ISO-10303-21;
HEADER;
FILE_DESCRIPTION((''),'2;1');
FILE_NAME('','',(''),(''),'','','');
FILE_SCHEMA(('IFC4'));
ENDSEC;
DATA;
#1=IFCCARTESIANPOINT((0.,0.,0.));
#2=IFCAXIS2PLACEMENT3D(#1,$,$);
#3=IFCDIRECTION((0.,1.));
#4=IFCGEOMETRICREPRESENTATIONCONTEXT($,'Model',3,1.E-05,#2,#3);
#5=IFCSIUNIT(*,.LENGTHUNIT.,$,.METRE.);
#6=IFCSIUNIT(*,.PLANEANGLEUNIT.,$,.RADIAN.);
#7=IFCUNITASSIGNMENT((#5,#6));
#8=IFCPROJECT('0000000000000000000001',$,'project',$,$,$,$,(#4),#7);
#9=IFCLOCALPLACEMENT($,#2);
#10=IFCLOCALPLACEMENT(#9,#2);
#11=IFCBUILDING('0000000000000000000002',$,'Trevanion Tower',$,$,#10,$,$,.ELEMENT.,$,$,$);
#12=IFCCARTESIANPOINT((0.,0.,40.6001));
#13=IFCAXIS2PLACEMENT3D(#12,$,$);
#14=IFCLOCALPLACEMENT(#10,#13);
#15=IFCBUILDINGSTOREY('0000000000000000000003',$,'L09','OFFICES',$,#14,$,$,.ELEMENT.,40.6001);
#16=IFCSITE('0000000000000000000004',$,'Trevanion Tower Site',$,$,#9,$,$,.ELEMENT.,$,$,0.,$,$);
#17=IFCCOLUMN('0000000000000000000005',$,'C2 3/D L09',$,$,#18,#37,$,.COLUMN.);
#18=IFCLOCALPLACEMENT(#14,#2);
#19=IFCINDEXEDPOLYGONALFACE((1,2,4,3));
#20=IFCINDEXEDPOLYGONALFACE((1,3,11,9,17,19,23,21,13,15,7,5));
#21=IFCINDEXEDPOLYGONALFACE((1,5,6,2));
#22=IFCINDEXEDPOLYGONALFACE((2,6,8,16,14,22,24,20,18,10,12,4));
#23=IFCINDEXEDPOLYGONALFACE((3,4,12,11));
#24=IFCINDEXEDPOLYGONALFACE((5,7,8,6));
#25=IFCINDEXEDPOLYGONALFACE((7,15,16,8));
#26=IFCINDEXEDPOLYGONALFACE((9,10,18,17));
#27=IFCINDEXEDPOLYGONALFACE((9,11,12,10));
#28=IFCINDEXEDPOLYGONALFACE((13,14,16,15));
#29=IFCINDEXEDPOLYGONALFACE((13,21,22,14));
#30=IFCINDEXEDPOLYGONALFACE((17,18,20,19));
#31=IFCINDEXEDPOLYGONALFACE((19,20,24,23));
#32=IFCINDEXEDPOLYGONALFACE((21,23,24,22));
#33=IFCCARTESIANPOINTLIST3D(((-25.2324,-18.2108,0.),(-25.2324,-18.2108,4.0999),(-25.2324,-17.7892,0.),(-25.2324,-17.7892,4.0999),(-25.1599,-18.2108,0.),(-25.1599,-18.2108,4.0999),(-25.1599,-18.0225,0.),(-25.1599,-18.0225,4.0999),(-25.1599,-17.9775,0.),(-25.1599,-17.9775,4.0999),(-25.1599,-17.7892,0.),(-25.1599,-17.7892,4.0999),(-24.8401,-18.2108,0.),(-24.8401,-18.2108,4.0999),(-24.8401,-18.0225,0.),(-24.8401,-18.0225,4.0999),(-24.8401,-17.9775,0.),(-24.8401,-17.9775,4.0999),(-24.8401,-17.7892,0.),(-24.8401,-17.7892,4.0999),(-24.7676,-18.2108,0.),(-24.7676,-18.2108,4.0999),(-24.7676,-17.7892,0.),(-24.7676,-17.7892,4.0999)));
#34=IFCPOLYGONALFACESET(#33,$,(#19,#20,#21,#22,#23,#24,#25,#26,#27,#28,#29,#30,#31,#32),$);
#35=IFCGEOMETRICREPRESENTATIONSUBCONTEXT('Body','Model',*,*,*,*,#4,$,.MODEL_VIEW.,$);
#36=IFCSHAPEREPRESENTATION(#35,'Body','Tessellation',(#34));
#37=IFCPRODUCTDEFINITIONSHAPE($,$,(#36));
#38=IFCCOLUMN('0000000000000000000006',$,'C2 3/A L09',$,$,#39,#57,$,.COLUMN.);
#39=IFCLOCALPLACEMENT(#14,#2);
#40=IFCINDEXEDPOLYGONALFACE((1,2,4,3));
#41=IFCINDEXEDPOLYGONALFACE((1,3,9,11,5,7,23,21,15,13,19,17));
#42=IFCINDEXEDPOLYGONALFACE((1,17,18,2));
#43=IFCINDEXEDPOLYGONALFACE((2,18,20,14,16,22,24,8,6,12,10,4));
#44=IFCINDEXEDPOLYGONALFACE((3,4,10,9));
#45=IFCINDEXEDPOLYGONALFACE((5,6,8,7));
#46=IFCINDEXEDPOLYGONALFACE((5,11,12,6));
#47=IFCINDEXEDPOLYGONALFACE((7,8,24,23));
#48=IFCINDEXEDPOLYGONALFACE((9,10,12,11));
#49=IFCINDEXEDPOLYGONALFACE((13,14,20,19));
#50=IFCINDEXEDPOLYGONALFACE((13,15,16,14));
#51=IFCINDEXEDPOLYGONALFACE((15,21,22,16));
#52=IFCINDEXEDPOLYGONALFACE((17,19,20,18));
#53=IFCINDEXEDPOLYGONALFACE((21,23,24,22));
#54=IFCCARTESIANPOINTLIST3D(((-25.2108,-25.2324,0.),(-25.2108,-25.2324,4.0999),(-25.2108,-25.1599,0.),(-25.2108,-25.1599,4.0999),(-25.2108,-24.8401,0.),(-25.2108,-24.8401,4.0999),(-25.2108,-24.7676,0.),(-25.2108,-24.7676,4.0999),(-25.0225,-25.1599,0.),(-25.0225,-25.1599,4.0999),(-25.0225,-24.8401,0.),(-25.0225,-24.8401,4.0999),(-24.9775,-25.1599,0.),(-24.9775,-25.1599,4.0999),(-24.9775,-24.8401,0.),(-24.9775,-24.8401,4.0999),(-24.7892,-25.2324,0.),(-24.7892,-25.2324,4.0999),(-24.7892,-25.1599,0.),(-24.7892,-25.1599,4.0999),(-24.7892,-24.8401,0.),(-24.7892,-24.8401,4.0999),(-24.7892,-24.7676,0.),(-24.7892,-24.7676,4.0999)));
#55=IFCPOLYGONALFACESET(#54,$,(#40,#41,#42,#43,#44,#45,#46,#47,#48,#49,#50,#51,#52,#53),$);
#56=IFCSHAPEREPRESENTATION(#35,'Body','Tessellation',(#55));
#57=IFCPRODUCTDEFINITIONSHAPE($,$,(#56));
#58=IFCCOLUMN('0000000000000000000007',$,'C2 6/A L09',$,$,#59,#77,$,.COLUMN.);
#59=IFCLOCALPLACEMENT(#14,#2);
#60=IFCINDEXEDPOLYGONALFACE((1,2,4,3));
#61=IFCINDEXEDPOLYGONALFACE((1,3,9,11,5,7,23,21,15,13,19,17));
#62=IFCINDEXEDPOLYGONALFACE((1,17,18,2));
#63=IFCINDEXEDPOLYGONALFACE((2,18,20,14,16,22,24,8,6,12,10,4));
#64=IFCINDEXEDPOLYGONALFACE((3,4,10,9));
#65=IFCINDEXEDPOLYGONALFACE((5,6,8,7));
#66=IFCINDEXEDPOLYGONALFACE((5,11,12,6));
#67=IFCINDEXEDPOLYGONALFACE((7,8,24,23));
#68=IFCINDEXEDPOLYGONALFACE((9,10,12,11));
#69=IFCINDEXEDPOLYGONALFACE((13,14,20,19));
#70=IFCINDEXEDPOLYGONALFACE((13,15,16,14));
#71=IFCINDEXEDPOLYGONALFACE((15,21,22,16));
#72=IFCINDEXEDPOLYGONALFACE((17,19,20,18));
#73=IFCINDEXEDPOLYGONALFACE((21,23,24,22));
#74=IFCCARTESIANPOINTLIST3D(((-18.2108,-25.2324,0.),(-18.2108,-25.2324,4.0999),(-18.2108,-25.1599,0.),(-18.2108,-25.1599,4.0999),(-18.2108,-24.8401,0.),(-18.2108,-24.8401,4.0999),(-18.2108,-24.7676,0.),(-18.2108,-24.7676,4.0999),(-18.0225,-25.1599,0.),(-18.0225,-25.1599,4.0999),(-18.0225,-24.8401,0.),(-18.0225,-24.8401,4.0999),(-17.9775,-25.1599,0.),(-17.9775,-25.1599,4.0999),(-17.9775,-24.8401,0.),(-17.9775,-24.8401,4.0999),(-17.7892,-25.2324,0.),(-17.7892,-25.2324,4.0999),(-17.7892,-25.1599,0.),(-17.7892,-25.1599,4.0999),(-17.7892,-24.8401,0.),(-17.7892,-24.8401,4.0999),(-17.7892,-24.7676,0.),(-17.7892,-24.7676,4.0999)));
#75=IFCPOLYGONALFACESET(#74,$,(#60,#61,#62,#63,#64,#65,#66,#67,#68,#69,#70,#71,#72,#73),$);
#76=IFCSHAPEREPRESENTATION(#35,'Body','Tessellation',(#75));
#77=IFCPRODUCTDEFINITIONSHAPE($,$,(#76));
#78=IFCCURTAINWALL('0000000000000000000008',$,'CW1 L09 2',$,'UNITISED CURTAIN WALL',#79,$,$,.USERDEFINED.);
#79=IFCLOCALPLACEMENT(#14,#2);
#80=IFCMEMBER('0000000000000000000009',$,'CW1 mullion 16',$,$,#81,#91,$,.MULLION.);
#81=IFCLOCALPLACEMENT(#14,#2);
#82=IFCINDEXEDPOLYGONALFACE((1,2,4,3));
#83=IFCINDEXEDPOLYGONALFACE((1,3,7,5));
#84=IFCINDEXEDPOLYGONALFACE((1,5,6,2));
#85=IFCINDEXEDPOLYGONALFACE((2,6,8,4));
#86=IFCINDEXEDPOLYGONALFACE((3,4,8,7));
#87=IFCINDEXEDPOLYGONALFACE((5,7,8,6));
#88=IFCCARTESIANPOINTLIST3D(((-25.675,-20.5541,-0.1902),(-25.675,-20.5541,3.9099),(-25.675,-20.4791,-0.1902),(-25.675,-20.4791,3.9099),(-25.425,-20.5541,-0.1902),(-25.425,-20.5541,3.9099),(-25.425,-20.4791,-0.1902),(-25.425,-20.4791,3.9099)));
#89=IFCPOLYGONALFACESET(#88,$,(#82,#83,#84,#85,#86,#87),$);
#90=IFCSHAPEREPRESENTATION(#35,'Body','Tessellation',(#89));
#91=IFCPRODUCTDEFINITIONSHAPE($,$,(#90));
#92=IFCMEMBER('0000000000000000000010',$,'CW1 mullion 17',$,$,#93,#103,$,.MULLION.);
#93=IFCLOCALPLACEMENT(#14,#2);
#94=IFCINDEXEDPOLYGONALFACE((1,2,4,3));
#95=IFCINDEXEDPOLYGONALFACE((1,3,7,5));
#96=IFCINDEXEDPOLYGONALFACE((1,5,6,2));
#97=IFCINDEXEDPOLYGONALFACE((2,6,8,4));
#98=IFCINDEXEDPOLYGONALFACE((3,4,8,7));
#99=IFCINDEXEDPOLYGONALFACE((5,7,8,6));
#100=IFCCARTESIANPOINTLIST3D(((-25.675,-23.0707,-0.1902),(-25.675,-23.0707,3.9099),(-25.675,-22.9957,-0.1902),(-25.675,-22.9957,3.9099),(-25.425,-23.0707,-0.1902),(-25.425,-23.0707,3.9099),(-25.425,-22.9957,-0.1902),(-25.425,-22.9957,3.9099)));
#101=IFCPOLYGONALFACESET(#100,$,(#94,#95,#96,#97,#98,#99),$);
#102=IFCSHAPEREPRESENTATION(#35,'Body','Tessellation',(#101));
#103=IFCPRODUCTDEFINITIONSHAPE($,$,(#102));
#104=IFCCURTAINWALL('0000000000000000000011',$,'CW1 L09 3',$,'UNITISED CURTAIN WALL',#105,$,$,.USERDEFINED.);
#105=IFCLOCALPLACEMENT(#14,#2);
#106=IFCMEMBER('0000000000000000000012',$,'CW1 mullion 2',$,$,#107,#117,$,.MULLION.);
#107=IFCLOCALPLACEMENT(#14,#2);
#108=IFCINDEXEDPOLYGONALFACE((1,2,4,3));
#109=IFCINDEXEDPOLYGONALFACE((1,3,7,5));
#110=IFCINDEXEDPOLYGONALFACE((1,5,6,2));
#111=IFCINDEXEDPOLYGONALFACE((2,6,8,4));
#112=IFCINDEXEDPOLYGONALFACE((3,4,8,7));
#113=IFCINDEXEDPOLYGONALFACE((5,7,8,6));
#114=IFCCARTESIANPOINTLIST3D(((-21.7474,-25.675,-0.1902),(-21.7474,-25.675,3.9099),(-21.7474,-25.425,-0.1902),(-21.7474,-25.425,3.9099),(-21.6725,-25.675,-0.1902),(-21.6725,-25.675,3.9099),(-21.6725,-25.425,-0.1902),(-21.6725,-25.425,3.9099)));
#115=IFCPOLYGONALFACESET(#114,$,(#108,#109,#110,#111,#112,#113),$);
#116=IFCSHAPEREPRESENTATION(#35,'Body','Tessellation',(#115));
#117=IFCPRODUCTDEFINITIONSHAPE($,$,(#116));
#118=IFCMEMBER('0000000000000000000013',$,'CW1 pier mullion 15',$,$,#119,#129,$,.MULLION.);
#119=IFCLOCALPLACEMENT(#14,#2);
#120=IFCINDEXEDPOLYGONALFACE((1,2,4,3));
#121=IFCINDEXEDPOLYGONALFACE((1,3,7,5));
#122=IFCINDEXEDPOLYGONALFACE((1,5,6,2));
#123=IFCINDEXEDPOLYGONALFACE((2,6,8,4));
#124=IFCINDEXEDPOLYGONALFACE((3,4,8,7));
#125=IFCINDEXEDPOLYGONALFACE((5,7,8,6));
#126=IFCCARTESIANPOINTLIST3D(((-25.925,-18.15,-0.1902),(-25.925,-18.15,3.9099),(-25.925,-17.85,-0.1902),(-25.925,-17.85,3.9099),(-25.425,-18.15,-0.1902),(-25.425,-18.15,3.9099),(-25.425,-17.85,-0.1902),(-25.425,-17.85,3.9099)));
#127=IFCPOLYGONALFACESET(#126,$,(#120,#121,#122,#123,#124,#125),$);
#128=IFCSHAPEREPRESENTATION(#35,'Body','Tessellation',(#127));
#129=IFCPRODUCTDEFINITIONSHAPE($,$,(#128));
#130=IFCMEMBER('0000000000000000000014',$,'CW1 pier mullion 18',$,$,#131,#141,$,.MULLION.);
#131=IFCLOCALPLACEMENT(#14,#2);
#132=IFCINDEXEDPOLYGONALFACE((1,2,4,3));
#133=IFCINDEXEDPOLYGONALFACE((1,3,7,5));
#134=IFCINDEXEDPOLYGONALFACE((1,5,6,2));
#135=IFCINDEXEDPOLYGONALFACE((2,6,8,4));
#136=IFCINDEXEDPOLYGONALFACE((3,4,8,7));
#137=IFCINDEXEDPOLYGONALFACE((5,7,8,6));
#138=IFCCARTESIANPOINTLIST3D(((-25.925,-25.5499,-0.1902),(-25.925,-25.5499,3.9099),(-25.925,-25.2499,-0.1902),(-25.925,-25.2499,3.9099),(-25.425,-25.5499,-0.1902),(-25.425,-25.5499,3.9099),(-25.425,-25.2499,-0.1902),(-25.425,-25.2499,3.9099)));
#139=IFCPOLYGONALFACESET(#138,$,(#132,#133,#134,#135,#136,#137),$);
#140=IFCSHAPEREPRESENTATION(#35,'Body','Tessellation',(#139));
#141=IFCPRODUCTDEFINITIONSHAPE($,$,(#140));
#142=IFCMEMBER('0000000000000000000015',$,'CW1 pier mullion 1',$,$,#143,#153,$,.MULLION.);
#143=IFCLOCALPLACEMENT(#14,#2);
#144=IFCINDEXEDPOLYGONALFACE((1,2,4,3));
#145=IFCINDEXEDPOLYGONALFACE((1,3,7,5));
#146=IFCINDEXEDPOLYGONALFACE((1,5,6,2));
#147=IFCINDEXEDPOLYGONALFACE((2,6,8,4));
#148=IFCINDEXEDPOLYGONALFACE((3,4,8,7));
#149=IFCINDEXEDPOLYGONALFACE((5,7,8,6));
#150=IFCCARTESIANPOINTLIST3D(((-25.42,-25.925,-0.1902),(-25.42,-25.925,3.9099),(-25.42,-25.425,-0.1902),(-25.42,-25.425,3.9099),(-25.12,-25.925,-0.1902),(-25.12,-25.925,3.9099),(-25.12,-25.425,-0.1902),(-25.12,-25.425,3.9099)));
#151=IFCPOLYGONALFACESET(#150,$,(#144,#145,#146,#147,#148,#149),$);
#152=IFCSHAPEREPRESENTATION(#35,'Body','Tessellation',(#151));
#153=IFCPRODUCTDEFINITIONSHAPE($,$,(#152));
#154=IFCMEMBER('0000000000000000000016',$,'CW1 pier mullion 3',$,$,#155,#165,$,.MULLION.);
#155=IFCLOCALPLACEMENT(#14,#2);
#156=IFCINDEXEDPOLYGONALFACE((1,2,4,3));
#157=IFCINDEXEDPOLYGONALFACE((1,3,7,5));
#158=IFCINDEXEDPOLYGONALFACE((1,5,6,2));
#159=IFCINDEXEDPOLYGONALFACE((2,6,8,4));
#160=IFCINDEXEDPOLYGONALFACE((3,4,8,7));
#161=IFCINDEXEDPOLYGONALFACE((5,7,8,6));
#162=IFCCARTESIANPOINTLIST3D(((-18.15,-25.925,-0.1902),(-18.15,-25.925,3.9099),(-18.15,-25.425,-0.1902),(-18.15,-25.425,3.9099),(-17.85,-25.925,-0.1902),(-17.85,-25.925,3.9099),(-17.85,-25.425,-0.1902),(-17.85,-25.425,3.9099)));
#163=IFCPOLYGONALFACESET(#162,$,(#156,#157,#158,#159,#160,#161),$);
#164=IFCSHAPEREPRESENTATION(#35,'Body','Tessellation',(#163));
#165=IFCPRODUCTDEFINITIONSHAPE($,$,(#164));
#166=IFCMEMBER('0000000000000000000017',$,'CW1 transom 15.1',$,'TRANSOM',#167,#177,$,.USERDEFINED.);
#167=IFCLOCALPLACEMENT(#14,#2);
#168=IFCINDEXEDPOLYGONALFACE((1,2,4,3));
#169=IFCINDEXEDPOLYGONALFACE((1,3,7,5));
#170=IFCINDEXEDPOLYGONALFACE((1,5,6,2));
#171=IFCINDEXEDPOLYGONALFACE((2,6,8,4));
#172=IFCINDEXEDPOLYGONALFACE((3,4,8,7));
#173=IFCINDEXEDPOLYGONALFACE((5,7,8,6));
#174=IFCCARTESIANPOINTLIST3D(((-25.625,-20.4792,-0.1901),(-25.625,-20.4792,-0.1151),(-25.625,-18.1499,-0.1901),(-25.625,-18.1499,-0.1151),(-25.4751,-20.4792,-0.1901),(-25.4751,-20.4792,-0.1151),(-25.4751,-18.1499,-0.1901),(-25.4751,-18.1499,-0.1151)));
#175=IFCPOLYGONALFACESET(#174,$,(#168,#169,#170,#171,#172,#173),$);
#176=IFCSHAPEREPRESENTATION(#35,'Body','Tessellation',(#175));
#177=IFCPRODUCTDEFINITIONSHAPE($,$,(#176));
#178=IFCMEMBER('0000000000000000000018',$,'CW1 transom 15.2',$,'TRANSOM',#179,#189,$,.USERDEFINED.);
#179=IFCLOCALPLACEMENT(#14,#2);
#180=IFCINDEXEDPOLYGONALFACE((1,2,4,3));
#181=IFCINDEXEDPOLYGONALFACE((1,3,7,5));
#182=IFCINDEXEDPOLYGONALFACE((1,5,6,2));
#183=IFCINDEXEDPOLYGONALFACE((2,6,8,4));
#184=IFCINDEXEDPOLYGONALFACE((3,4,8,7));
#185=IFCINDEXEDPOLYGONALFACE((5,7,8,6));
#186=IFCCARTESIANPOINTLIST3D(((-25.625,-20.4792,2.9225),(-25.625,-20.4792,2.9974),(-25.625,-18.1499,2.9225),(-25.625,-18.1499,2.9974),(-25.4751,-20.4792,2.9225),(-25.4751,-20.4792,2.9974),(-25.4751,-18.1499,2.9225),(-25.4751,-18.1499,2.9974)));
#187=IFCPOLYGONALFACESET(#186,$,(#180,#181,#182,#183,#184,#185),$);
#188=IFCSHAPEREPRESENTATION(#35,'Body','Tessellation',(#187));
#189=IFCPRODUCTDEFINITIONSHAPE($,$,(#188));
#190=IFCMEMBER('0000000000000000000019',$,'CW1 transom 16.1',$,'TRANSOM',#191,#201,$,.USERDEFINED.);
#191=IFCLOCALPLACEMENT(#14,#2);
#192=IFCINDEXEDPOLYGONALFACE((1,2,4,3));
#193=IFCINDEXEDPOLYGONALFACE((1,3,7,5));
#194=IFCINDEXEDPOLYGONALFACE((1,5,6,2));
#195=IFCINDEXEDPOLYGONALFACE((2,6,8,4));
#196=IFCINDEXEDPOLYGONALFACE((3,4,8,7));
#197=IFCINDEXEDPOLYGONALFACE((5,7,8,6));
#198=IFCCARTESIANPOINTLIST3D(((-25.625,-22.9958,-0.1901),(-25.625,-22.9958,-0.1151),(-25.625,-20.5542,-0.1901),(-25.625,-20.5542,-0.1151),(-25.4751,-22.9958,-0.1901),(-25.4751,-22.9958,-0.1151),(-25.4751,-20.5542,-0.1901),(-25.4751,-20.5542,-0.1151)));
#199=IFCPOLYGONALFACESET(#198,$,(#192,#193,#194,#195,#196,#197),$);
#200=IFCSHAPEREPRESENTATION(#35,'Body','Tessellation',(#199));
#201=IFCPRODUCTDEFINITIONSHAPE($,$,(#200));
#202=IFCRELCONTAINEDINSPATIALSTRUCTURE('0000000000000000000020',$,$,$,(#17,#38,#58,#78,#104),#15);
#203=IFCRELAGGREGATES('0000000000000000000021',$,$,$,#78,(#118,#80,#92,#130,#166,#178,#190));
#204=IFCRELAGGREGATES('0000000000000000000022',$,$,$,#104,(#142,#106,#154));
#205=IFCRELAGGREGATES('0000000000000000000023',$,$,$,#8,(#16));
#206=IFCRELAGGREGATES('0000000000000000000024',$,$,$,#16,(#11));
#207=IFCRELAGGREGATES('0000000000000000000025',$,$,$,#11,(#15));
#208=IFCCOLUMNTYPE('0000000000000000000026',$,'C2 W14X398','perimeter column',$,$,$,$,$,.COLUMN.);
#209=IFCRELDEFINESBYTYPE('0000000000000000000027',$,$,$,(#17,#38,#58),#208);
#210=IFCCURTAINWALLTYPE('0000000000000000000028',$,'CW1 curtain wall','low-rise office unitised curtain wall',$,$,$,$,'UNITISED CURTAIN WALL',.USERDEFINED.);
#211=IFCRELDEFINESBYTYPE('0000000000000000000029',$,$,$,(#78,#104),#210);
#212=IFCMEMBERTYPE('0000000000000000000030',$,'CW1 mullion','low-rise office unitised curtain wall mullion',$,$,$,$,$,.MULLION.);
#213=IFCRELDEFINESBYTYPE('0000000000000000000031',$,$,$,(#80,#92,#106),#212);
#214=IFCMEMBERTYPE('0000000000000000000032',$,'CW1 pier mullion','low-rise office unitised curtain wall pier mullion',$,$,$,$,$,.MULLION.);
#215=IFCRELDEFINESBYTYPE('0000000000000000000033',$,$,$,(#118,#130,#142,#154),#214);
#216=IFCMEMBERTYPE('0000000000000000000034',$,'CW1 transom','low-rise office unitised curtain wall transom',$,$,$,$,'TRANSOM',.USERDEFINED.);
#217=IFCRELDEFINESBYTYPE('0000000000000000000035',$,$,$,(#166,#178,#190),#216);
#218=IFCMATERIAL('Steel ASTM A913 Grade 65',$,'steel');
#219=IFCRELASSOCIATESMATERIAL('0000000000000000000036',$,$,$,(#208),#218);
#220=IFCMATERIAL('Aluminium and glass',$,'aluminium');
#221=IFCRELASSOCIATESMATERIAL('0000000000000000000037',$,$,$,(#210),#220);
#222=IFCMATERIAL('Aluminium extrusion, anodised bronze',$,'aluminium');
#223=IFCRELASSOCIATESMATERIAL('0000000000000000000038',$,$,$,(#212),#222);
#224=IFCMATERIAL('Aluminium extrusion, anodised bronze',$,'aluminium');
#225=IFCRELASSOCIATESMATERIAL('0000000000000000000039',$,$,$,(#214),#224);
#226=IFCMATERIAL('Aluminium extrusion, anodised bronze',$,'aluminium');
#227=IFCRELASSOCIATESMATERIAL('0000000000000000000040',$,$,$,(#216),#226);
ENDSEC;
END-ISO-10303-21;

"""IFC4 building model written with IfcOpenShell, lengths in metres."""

from ifc_helpers import new_model, si_unit, direction, frame, origin, origin_2d, place, context, subcontext, project, spatial, rectangle, i_section, extrude, material, material_profile, profile_set, type_object, element, aggregate, save


model = new_model("IFC4")

# Units and contexts
model_context = context("Model", 3, precision=1e-05, world=origin(), true_north=direction((0.0, 1.0)))
body_context = subcontext(model_context, "Body", "Model", "MODEL_VIEW")
ifc_project = project(units=[si_unit("LENGTHUNIT", "METRE"), si_unit("PLANEANGLEUNIT", "RADIAN")], contexts=[model_context])

# Site, building, storey
site_placement = place(None, origin())
site = spatial("IfcSite", under=ifc_project, at=site_placement, Name="Trevanion Tower Site", CompositionType="ELEMENT", RefElevation=0.0)
building_placement = place(site_placement, origin())
building = spatial("IfcBuilding", under=site, at=building_placement, Name="Trevanion Tower", CompositionType="ELEMENT")
storey_placement = place(building_placement, frame((0.0, 0.0, 40.6001)))
storey = spatial("IfcBuildingStorey", under=building, at=storey_placement, Name="L09", Description="OFFICES", CompositionType="ELEMENT", Elevation=40.6001)

# Columns
ifc_material_1 = material(Name="Steel ASTM A913 Grade 65", Category="steel")
ifc_material_profile_1 = material_profile(ifc_material_1, i_section(OverallWidth=0.4216, OverallDepth=0.4648, WebThickness=0.0449, FlangeThickness=0.0725, at=origin_2d()), Name="W14X398")
ifc_profile_set_1 = profile_set([ifc_material_profile_1], Name="Steel ASTM A913 Grade 65")
column_type = type_object("IfcColumnType", Name="C2 W14X398", Description="perimeter column", PredefinedType="COLUMN", material=ifc_profile_set_1)
for number, where, z_axis, x_axis, name in (
    (1, (-25.0, -18.0, 0.0), (0.0, 0.0, 1.0), (0.0, 1.0, 0.0), "C2 3/D L09"),
    (2, (-25.0, -25.0, 0.0), (0.0, 0.0, 1.0), (1.0, 0.0, 0.0), "C2 3/A L09"),
    (3, (-18.0, -25.0, 0.0), (0.0, 0.0, 1.0), (1.0, 0.0, 0.0), "C2 6/A L09"),
):
    element("IfcColumn", number, at=place(storey_placement, frame(where, z_axis=z_axis, x_axis=x_axis)), inside=storey, type_object=column_type, Name=name, PredefinedType="COLUMN", context=body_context, shape_type="SweptSolid", body=[
        extrude(i_section(OverallWidth=0.4216, OverallDepth=0.4648, WebThickness=0.0449, FlangeThickness=0.0725, at=origin_2d()), origin(), (0.0, 0.0, 1.0), 4.0999),
    ])

# Curtain wall, members
ifc_material_2 = material(Name="Aluminium and glass", Category="aluminium")
curtain_wall_type = type_object("IfcCurtainWallType", Name="CW1 curtain wall", Description="low-rise office unitised curtain wall", ElementType="UNITISED CURTAIN WALL", PredefinedType="USERDEFINED", material=ifc_material_2)
curtain_wall_1_placement = place(storey_placement, origin())
curtain_wall_1 = element("IfcCurtainWall", 4, at=curtain_wall_1_placement, inside=storey, type_object=curtain_wall_type, Name="CW1 L09 2", ObjectType="UNITISED CURTAIN WALL", PredefinedType="USERDEFINED")
ifc_material_3 = material(Name="Aluminium extrusion, anodised bronze", Category="aluminium")
ifc_material_profile_2 = material_profile(ifc_material_3, rectangle(XDim=0.075, YDim=0.25, at=origin_2d()), Name="CW1 mullion")
ifc_profile_set_2 = profile_set([ifc_material_profile_2], Name="Aluminium extrusion, anodised bronze")
member_type_1 = type_object("IfcMemberType", Name="CW1 mullion", Description="low-rise office unitised curtain wall mullion", PredefinedType="MULLION", material=ifc_profile_set_2)
member_1_placement = place(storey_placement, frame((-25.55, -20.5166, -0.1902), z_axis=(0.0, 0.0, 1.0), x_axis=(0.0, -1.0, 0.0)))
member_1 = element("IfcMember", 5, at=member_1_placement, type_object=member_type_1, Name="CW1 mullion 16", PredefinedType="MULLION", context=body_context, shape_type="SweptSolid", body=[
    extrude(rectangle(XDim=0.075, YDim=0.25, at=origin_2d()), origin(), (0.0, 0.0, 1.0), 4.1001),
])
member_2_placement = place(storey_placement, frame((-25.55, -23.0332, -0.1902), z_axis=(0.0, 0.0, 1.0), x_axis=(0.0, -1.0, 0.0)))
member_2 = element("IfcMember", 6, at=member_2_placement, type_object=member_type_1, Name="CW1 mullion 17", PredefinedType="MULLION", context=body_context, shape_type="SweptSolid", body=[
    extrude(rectangle(XDim=0.075, YDim=0.25, at=origin_2d()), origin(), (0.0, 0.0, 1.0), 4.1001),
])

# Curtain wall, member
curtain_wall_2_placement = place(storey_placement, origin())
curtain_wall_2 = element("IfcCurtainWall", 7, at=curtain_wall_2_placement, inside=storey, type_object=curtain_wall_type, Name="CW1 L09 3", ObjectType="UNITISED CURTAIN WALL", PredefinedType="USERDEFINED")
member_3_placement = place(storey_placement, frame((-21.71, -25.55, -0.1902), z_axis=(0.0, 0.0, 1.0), x_axis=(1.0, 0.0, 0.0)))
member_3 = element("IfcMember", 8, at=member_3_placement, type_object=member_type_1, Name="CW1 mullion 2", PredefinedType="MULLION", context=body_context, shape_type="SweptSolid", body=[
    extrude(rectangle(XDim=0.075, YDim=0.25, at=origin_2d()), origin(), (0.0, 0.0, 1.0), 4.1001),
])

# Members
ifc_material_4 = material(Name="Aluminium extrusion, anodised bronze", Category="aluminium")
ifc_material_profile_3 = material_profile(ifc_material_4, rectangle(XDim=0.3, YDim=0.5, at=origin_2d()), Name="CW1 pier mullion")
ifc_profile_set_3 = profile_set([ifc_material_profile_3], Name="Aluminium extrusion, anodised bronze")
member_type_2 = type_object("IfcMemberType", Name="CW1 pier mullion", Description="low-rise office unitised curtain wall pier mullion", PredefinedType="MULLION", material=ifc_profile_set_3)
member_4_placement = place(storey_placement, frame((-25.675, -18.0, -0.1902), z_axis=(0.0, 0.0, 1.0), x_axis=(0.0, -1.0, 0.0)))
member_4 = element("IfcMember", 9, at=member_4_placement, type_object=member_type_2, Name="CW1 pier mullion 15", PredefinedType="MULLION", context=body_context, shape_type="SweptSolid", body=[
    extrude(rectangle(XDim=0.3, YDim=0.5, at=origin_2d()), origin(), (0.0, 0.0, 1.0), 4.1001),
])
member_5_placement = place(storey_placement, frame((-25.675, -25.3999, -0.1902), z_axis=(0.0, 0.0, 1.0), x_axis=(0.0, -1.0, 0.0)))
member_5 = element("IfcMember", 10, at=member_5_placement, type_object=member_type_2, Name="CW1 pier mullion 18", PredefinedType="MULLION", context=body_context, shape_type="SweptSolid", body=[
    extrude(rectangle(XDim=0.3, YDim=0.5, at=origin_2d()), origin(), (0.0, 0.0, 1.0), 4.1001),
])
member_6_placement = place(storey_placement, frame((-25.27, -25.675, -0.1902), z_axis=(0.0, 0.0, 1.0), x_axis=(1.0, 0.0, 0.0)))
member_6 = element("IfcMember", 11, at=member_6_placement, type_object=member_type_2, Name="CW1 pier mullion 1", PredefinedType="MULLION", context=body_context, shape_type="SweptSolid", body=[
    extrude(rectangle(XDim=0.3, YDim=0.5, at=origin_2d()), origin(), (0.0, 0.0, 1.0), 4.1001),
])
member_7_placement = place(storey_placement, frame((-18.0, -25.675, -0.1902), z_axis=(0.0, 0.0, 1.0), x_axis=(1.0, 0.0, 0.0)))
member_7 = element("IfcMember", 12, at=member_7_placement, type_object=member_type_2, Name="CW1 pier mullion 3", PredefinedType="MULLION", context=body_context, shape_type="SweptSolid", body=[
    extrude(rectangle(XDim=0.3, YDim=0.5, at=origin_2d()), origin(), (0.0, 0.0, 1.0), 4.1001),
])
ifc_material_5 = material(Name="Aluminium extrusion, anodised bronze", Category="aluminium")
ifc_material_profile_4 = material_profile(ifc_material_5, rectangle(XDim=0.1499, YDim=0.075, at=origin_2d()), Name="CW1 transom")
ifc_profile_set_4 = profile_set([ifc_material_profile_4], Name="Aluminium extrusion, anodised bronze")
member_type_3 = type_object("IfcMemberType", Name="CW1 transom", Description="low-rise office unitised curtain wall transom", ElementType="TRANSOM", PredefinedType="USERDEFINED", material=ifc_profile_set_4)
member_8_placement = place(storey_placement, frame((-25.55, -18.1499, -0.1526), z_axis=(0.0, -1.0, 0.0), x_axis=(1.0, 0.0, 0.0)))
member_8 = element("IfcMember", 13, at=member_8_placement, type_object=member_type_3, Name="CW1 transom 15.1", ObjectType="TRANSOM", PredefinedType="USERDEFINED", context=body_context, shape_type="SweptSolid", body=[
    extrude(rectangle(XDim=0.1499, YDim=0.075, at=origin_2d()), origin(), (0.0, 0.0, 1.0), 2.3293),
])
member_9_placement = place(storey_placement, frame((-25.55, -18.1499, 2.96), z_axis=(0.0, -1.0, 0.0), x_axis=(1.0, 0.0, 0.0)))
member_9 = element("IfcMember", 14, at=member_9_placement, type_object=member_type_3, Name="CW1 transom 15.2", ObjectType="TRANSOM", PredefinedType="USERDEFINED", context=body_context, shape_type="SweptSolid", body=[
    extrude(rectangle(XDim=0.1499, YDim=0.075, at=origin_2d()), origin(), (0.0, 0.0, 1.0), 2.3293),
])
member_10_placement = place(storey_placement, frame((-25.55, -20.5542, -0.1526), z_axis=(0.0, -1.0, 0.0), x_axis=(1.0, 0.0, 0.0)))
member_10 = element("IfcMember", 15, at=member_10_placement, type_object=member_type_3, Name="CW1 transom 16.1", ObjectType="TRANSOM", PredefinedType="USERDEFINED", context=body_context, shape_type="SweptSolid", body=[
    extrude(rectangle(XDim=0.1499, YDim=0.075, at=origin_2d()), origin(), (0.0, 0.0, 1.0), 2.4417),
])

aggregate(curtain_wall_1, [member_4, member_1, member_2, member_5, member_8, member_9, member_10])
aggregate(curtain_wall_2, [member_6, member_3, member_7])

save(model, "model.ifc")
